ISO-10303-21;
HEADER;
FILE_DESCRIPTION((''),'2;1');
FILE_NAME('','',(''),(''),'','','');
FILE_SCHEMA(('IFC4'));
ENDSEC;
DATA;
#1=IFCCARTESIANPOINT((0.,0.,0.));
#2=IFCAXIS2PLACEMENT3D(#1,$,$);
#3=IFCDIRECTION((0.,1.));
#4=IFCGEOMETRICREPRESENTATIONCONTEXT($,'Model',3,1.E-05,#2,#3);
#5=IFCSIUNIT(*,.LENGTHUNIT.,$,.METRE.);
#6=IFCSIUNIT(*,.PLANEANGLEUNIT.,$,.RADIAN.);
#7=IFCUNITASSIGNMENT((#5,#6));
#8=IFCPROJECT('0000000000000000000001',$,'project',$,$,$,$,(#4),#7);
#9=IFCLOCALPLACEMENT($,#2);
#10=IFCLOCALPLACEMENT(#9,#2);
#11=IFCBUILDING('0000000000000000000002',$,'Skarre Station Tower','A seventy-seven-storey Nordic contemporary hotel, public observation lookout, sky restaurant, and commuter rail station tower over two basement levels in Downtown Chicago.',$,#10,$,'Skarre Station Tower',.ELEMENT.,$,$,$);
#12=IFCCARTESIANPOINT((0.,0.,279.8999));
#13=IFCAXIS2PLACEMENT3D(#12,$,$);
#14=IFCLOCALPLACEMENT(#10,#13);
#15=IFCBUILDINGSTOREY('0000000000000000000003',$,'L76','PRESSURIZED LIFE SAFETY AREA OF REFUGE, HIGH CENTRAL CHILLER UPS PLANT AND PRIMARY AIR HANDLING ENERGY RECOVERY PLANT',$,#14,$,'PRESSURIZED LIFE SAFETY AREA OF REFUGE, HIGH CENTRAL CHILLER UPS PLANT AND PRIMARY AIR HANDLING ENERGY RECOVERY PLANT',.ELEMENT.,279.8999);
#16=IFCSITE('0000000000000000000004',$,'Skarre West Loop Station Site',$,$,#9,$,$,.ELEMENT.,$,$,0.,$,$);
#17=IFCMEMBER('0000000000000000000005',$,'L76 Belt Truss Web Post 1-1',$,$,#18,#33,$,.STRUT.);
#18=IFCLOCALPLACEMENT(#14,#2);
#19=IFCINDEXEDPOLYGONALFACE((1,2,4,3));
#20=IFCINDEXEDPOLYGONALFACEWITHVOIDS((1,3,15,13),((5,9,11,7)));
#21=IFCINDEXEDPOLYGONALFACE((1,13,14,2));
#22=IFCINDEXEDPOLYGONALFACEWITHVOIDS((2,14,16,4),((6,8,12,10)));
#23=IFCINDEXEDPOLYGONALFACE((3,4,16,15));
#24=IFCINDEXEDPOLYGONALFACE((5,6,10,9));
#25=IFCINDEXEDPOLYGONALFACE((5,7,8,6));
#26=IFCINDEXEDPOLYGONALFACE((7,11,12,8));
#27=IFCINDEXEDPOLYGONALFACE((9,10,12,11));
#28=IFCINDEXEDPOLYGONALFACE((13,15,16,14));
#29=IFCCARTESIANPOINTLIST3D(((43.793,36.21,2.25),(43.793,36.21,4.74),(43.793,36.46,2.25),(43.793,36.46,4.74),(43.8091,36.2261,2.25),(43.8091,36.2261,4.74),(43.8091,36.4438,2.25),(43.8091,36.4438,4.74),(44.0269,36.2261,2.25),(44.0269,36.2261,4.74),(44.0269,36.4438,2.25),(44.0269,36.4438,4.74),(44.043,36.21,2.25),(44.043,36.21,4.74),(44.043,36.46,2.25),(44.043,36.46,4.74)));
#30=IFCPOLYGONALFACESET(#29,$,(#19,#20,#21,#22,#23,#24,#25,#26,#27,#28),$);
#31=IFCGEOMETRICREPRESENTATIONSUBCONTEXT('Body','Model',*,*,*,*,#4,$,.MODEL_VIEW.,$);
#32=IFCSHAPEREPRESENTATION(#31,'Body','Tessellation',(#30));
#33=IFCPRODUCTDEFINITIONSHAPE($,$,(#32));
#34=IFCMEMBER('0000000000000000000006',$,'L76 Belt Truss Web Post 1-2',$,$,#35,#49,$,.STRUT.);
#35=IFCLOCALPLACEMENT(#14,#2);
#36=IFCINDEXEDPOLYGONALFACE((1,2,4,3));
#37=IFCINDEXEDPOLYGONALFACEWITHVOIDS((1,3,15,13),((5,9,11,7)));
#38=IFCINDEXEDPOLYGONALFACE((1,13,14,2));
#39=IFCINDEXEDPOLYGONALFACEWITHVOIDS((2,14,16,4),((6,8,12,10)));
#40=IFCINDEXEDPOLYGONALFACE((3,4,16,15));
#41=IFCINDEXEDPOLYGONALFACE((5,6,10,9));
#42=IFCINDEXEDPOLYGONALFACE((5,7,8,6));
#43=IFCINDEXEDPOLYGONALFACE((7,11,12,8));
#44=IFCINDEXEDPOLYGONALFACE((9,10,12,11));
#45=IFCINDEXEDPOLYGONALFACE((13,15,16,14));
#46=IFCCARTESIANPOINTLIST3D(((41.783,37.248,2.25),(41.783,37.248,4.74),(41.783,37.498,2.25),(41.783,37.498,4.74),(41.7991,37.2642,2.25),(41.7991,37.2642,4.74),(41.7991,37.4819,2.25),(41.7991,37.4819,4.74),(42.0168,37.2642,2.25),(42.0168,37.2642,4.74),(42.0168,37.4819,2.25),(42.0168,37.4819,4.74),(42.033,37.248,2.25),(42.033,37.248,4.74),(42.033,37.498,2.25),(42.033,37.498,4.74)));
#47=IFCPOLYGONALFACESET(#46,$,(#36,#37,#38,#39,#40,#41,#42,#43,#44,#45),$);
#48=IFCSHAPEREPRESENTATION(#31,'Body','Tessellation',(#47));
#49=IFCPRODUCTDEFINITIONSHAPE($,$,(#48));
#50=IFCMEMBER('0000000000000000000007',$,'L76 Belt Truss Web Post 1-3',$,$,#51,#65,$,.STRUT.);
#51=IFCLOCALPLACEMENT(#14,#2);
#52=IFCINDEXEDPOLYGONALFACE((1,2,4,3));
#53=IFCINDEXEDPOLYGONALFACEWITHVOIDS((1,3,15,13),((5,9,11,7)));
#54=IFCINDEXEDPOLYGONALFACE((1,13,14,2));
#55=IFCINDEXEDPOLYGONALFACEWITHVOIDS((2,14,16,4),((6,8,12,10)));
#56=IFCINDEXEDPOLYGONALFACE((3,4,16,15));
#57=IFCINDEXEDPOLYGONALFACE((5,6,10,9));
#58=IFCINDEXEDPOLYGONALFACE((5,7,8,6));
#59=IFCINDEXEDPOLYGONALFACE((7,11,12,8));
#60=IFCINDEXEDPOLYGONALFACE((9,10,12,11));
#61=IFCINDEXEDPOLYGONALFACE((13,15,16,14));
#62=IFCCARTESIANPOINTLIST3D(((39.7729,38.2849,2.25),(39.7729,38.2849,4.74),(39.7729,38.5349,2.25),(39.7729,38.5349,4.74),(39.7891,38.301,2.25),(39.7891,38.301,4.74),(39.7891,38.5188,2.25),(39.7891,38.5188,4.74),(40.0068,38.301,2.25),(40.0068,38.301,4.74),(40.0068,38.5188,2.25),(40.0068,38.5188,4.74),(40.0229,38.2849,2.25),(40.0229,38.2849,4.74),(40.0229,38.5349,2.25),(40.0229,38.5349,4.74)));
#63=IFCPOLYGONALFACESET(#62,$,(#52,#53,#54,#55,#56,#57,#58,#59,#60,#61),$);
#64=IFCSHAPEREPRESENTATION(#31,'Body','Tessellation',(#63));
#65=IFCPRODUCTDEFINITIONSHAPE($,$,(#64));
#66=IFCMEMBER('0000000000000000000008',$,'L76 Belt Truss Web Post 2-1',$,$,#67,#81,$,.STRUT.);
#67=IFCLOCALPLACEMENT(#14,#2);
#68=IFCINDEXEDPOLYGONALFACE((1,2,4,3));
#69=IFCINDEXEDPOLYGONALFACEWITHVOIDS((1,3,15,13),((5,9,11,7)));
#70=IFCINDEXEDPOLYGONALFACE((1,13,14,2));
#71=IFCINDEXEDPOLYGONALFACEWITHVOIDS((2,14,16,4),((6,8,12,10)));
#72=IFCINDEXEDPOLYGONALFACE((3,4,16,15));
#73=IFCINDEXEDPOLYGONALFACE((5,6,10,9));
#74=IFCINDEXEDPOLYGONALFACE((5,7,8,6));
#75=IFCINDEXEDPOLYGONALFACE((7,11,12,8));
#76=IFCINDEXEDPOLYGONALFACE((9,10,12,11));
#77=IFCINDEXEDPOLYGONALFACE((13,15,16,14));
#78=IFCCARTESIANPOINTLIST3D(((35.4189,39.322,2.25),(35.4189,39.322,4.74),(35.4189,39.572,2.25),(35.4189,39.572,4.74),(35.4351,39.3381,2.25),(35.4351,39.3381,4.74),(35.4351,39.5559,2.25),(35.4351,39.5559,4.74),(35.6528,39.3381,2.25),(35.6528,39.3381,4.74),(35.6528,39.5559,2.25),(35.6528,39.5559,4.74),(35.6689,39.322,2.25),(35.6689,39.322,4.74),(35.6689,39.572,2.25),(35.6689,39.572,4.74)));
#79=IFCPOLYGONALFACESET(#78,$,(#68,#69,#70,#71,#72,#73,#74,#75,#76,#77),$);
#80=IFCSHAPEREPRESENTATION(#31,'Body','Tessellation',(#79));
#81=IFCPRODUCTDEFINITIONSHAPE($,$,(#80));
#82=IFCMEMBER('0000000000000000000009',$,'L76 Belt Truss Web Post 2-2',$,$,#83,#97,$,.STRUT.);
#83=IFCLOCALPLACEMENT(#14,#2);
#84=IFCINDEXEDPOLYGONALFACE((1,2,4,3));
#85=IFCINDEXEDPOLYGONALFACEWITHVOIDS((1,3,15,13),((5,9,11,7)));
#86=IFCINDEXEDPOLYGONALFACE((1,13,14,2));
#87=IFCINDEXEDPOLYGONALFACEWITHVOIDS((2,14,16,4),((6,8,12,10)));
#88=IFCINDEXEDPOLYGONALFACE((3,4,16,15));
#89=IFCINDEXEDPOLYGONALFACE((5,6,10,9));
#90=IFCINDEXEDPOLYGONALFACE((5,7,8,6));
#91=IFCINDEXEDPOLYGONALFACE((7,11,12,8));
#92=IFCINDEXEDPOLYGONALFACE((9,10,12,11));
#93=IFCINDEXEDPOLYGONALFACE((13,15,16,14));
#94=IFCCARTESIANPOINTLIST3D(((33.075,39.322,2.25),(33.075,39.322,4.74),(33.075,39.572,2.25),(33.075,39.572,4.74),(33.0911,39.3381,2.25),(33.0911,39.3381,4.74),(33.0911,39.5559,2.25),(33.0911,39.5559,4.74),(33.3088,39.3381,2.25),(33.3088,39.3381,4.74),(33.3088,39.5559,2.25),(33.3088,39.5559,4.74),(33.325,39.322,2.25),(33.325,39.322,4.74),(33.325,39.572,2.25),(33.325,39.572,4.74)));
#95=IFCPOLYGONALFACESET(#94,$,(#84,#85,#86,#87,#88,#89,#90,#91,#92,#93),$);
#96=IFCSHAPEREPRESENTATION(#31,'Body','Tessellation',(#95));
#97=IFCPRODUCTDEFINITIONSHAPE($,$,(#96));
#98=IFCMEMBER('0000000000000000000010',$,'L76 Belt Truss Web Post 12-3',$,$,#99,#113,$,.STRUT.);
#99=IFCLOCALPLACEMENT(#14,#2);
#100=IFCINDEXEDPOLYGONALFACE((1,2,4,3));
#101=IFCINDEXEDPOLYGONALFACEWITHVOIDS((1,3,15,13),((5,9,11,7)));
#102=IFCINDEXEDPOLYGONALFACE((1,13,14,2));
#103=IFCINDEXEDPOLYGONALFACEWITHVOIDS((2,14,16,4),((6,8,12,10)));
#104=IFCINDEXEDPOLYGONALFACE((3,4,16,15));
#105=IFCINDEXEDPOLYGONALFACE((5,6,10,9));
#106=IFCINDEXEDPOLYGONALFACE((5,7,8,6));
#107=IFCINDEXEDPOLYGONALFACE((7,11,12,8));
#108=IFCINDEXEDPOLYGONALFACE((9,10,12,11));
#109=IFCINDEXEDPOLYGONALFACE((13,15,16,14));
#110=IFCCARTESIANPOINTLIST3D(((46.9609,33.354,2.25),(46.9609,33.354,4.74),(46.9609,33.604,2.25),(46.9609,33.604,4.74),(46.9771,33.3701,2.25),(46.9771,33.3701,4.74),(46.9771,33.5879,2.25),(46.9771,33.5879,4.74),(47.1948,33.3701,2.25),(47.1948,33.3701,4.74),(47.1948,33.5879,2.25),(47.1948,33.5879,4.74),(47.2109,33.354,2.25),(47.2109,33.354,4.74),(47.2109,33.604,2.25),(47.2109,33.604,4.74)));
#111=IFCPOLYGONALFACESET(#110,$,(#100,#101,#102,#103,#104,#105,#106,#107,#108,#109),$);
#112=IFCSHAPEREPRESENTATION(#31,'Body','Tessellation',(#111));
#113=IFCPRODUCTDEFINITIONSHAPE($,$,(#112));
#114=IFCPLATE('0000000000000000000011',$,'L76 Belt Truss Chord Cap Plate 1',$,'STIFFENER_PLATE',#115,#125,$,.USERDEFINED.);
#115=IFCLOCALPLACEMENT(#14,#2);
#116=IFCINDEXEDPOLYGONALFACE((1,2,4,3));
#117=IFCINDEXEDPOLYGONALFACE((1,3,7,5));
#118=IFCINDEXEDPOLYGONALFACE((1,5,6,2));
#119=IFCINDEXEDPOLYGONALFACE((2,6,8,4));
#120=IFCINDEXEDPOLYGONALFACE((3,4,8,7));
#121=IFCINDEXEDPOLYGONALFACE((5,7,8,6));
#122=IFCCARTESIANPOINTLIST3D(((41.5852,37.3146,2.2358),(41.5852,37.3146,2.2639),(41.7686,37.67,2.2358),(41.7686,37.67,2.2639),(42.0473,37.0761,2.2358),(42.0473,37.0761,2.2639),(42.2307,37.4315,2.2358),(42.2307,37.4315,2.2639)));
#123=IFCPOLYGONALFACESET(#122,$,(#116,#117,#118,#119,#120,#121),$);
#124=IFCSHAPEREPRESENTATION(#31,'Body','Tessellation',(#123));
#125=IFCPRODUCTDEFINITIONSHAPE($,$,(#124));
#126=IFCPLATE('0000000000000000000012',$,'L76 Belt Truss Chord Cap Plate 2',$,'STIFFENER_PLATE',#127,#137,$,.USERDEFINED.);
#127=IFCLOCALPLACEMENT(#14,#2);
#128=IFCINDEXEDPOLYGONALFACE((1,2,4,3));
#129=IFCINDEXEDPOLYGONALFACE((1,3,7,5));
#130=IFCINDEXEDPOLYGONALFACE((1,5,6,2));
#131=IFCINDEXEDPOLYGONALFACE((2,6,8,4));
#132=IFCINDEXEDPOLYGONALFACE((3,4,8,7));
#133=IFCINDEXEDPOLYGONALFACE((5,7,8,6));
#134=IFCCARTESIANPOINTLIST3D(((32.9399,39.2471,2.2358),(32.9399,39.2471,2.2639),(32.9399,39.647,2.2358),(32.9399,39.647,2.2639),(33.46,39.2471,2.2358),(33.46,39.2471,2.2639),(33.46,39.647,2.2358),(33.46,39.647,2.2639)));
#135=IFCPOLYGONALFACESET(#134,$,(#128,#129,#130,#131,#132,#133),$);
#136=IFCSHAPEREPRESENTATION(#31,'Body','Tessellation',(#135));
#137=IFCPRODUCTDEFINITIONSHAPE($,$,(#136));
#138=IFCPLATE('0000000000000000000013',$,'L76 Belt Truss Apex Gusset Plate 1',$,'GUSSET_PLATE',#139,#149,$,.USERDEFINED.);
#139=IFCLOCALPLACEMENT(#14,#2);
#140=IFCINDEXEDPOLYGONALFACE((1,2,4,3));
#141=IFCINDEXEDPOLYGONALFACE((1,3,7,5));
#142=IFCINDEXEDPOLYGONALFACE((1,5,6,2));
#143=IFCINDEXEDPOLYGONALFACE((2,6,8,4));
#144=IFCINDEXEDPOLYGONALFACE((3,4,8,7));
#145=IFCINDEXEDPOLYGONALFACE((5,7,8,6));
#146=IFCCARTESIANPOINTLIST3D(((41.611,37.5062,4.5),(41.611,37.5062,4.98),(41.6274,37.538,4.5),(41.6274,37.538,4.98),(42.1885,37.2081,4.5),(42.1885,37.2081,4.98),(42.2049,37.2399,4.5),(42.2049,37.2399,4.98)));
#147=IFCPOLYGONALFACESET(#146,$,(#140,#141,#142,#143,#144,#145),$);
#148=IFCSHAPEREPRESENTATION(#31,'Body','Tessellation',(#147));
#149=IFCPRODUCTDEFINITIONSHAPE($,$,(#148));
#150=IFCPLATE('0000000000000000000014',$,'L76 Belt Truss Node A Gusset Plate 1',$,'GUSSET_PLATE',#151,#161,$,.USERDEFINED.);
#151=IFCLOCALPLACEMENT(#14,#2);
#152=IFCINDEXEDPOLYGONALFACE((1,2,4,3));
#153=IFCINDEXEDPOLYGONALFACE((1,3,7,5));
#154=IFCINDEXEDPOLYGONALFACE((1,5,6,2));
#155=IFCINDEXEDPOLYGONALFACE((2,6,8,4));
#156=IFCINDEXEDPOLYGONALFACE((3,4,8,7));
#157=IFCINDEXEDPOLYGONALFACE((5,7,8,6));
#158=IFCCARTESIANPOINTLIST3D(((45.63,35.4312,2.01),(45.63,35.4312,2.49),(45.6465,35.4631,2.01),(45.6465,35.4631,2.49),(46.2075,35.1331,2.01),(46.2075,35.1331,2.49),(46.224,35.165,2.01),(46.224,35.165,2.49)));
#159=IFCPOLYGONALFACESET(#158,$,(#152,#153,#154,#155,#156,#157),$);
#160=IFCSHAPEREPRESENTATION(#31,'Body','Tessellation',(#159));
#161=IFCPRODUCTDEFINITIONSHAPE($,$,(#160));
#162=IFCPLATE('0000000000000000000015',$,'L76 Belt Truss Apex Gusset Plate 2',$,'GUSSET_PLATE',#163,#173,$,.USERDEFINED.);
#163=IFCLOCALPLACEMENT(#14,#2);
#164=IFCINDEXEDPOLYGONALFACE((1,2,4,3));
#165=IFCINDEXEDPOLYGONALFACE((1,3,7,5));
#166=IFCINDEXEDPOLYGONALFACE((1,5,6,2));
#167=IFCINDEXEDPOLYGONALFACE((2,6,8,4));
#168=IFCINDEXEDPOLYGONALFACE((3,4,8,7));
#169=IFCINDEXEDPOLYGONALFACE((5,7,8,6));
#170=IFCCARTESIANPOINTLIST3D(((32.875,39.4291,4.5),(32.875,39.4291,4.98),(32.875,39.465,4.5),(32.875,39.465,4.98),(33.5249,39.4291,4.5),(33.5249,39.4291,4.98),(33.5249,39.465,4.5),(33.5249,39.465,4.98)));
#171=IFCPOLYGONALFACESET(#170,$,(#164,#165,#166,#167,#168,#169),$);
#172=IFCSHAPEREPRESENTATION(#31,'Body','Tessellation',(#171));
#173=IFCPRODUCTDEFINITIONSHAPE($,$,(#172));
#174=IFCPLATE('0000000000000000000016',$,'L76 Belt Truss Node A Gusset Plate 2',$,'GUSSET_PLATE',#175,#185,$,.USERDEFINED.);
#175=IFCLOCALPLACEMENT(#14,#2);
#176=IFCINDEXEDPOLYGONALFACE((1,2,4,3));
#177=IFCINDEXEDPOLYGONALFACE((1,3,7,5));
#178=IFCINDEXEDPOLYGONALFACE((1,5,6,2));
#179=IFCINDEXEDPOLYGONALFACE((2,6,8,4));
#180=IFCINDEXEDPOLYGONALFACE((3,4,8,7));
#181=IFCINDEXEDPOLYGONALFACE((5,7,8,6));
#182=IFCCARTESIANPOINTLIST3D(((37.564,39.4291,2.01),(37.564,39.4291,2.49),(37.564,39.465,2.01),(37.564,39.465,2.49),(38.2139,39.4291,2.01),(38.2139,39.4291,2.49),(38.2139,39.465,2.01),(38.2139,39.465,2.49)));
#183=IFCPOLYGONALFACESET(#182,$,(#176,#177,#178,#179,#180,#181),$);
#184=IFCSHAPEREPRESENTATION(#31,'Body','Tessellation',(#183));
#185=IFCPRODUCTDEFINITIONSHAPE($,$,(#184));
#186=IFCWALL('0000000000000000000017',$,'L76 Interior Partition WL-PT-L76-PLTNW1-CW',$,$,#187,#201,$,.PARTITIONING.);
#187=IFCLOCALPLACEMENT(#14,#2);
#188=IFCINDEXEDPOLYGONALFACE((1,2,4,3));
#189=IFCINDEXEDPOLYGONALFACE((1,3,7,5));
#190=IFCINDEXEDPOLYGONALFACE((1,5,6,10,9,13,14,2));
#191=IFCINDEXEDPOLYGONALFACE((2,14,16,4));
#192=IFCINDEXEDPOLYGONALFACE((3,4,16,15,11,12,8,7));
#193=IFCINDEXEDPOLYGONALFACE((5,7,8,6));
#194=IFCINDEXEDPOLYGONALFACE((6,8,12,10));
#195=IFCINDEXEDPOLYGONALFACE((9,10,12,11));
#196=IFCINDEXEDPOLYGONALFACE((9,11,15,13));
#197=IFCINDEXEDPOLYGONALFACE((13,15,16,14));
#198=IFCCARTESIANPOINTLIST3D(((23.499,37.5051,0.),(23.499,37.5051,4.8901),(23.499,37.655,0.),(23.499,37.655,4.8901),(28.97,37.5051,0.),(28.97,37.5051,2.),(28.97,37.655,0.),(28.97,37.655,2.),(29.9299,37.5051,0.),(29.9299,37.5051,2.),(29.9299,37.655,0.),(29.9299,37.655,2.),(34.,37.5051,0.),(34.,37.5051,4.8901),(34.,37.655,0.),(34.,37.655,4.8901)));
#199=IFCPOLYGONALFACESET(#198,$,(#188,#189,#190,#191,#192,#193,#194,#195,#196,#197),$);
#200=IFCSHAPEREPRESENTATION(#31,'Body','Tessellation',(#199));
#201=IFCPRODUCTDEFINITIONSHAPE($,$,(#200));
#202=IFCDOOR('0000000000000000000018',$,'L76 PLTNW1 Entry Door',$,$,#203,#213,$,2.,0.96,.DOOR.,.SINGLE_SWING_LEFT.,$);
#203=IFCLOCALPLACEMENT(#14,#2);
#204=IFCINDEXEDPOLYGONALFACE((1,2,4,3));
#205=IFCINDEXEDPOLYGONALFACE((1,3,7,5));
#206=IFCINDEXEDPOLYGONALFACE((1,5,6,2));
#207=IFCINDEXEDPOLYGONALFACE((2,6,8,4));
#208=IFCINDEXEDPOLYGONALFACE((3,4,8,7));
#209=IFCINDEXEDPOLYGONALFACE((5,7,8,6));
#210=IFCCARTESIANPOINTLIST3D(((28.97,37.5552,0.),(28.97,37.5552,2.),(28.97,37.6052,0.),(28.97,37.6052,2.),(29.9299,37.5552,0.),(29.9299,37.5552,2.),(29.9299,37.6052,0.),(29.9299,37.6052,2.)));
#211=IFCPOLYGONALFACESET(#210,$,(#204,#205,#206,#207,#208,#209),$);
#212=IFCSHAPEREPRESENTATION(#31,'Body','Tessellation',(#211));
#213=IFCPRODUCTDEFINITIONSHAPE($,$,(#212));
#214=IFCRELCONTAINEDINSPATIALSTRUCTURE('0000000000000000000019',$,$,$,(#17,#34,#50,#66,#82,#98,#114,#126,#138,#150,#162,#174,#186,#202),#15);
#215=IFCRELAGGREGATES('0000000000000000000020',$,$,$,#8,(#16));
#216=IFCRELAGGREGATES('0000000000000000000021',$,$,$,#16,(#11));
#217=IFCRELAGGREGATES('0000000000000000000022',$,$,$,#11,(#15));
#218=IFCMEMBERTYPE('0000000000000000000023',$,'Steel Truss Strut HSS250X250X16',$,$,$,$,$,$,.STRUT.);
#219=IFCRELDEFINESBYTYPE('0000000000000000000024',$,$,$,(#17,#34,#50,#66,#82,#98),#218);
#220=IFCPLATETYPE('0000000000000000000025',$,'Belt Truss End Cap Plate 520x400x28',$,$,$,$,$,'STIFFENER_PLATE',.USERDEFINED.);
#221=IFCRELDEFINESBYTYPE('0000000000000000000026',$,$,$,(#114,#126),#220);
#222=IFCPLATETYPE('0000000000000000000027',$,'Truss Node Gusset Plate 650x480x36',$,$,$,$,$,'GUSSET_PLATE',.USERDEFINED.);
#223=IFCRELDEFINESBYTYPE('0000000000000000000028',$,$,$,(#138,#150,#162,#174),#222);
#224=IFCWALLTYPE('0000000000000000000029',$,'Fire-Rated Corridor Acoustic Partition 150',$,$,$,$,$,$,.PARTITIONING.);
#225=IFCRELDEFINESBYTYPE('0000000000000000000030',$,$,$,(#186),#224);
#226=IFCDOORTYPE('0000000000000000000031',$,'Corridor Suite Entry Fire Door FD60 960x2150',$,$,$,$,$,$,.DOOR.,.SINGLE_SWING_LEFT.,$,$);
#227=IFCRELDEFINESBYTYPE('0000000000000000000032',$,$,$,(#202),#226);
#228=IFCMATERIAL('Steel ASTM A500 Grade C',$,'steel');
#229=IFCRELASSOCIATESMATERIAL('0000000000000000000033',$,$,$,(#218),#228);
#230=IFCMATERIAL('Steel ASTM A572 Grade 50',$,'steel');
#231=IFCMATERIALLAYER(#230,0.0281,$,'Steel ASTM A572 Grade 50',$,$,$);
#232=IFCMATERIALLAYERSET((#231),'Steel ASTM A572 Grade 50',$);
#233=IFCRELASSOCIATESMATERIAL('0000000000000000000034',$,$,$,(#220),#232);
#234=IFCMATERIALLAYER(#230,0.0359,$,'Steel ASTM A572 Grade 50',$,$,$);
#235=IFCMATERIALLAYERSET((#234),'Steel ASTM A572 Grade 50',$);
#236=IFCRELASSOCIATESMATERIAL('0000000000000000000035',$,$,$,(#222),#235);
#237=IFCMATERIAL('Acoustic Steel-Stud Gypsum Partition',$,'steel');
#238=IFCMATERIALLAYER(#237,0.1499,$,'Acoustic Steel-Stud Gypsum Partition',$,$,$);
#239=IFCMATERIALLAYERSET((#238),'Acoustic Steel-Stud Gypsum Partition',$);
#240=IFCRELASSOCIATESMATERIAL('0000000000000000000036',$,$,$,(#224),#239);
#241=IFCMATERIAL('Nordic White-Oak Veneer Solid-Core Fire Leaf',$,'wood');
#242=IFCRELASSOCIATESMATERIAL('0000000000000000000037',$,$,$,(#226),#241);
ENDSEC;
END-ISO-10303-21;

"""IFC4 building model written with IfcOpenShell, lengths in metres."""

from ifc_helpers import new_model, si_unit, direction, frame, frame_2d, origin, origin_2d, place, context, subcontext, project, spatial, rectangle, hollow_rectangle, extrude, material, layer, layer_set, material_profile, profile_set, type_object, element, fill, save


model = new_model("IFC4")

# Units and contexts
model_context = context("Model", 3, precision=1e-05, world=origin(), true_north=direction((0.0, 1.0)))
body_context = subcontext(model_context, "Body", "Model", "MODEL_VIEW")
ifc_project = project(units=[si_unit("LENGTHUNIT", "METRE"), si_unit("PLANEANGLEUNIT", "RADIAN")], contexts=[model_context])

# Site, building, storey
site_placement = place(None, origin())
site = spatial("IfcSite", under=ifc_project, at=site_placement, Name="Skarre West Loop Station Site", CompositionType="ELEMENT", RefElevation=0.0)
building_placement = place(site_placement, origin())
building = spatial("IfcBuilding", under=site, at=building_placement, Name="Skarre Station Tower", Description="A seventy-seven-storey Nordic contemporary hotel, public observation lookout, sky restaurant, and commuter rail station tower over two basement levels in Downtown Chicago.", LongName="Skarre Station Tower", CompositionType="ELEMENT")
storey_placement = place(building_placement, frame((0.0, 0.0, 279.8999)))
storey = spatial("IfcBuildingStorey", under=building, at=storey_placement, Name="L76", Description="PRESSURIZED LIFE SAFETY AREA OF REFUGE, HIGH CENTRAL CHILLER UPS PLANT AND PRIMARY AIR HANDLING ENERGY RECOVERY PLANT", LongName="PRESSURIZED LIFE SAFETY AREA OF REFUGE, HIGH CENTRAL CHILLER UPS PLANT AND PRIMARY AIR HANDLING ENERGY RECOVERY PLANT", CompositionType="ELEMENT", Elevation=279.8999)

# Members
ifc_material_1 = material(Name="Steel ASTM A500 Grade C", Category="steel")
ifc_material_profile_1 = material_profile(ifc_material_1, hollow_rectangle(XDim=0.25, YDim=0.25, WallThickness=0.0161, at=origin_2d()), Name="Steel ASTM A500 Grade C")
ifc_profile_set_1 = profile_set([ifc_material_profile_1], Name="Steel ASTM A500 Grade C")
member_type_1 = type_object("IfcMemberType", Name="Steel Truss Strut HSS250X250X16", PredefinedType="STRUT", material=ifc_profile_set_1)
for number, where, z_axis, x_axis, name in (
    (1, (43.918, 36.335, 2.25), (0.0, 0.0, 1.0), (1.0, 0.0, 0.0), "L76 Belt Truss Web Post 1-1"),
    (2, (41.908, 37.373, 2.25), (0.0, 0.0, 1.0), (1.0, 0.0, 0.0), "L76 Belt Truss Web Post 1-2"),
    (3, (39.8979, 38.4099, 2.25), (0.0, 0.0, 1.0), (1.0, 0.0, 0.0), "L76 Belt Truss Web Post 1-3"),
    (4, (35.5439, 39.447, 2.25), (0.0, 0.0, 1.0), (1.0, 0.0, 0.0), "L76 Belt Truss Web Post 2-1"),
    (5, (33.2, 39.447, 2.25), (0.0, 0.0, 1.0), (1.0, 0.0, 0.0), "L76 Belt Truss Web Post 2-2"),
    (6, (47.0859, 33.479, 2.25), (0.0, 0.0, 1.0), (1.0, 0.0, 0.0), "L76 Belt Truss Web Post 12-3"),
):
    element("IfcMember", number, at=place(storey_placement, frame(where, z_axis=z_axis, x_axis=x_axis)), inside=storey, type_object=member_type_1, Name=name, PredefinedType="STRUT", context=body_context, shape_type="SweptSolid", body=[
        extrude(hollow_rectangle(XDim=0.25, YDim=0.25, WallThickness=0.0161, at=origin_2d()), origin(), (0.0, 0.0, 1.0), 2.49),
    ])

# Plates
ifc_material_2 = material(Name="Steel ASTM A572 Grade 50", Category="steel")
ifc_layer_1 = layer(ifc_material_2, 0.0281, Name="Steel ASTM A572 Grade 50")
ifc_layer_set_1 = layer_set([ifc_layer_1], Name="Steel ASTM A572 Grade 50")
plate_type_1 = type_object("IfcPlateType", Name="Belt Truss End Cap Plate 520x400x28", ElementType="STIFFENER_PLATE", PredefinedType="USERDEFINED", material=ifc_layer_set_1)
for number, where, z_axis, x_axis, name in (
    (7, (41.908, 37.373, 2.2358), (0.0, 0.0, 1.0), (-0.888601, 0.458681, 0.0), "L76 Belt Truss Chord Cap Plate 1"),
    (8, (33.2, 39.447, 2.2358), (0.0, 0.0, 1.0), (-1.0, 0.0, 0.0), "L76 Belt Truss Chord Cap Plate 2"),
):
    element("IfcPlate", number, at=place(storey_placement, frame(where, z_axis=z_axis, x_axis=x_axis)), inside=storey, type_object=plate_type_1, Name=name, ObjectType="STIFFENER_PLATE", PredefinedType="USERDEFINED", context=body_context, shape_type="SweptSolid", body=[
        extrude(rectangle(XDim=0.52, YDim=0.3999, at=origin_2d()), origin(), (0.0, 0.0, 1.0), 0.0281),
    ])
ifc_layer_2 = layer(ifc_material_2, 0.0359, Name="Steel ASTM A572 Grade 50")
ifc_layer_set_2 = layer_set([ifc_layer_2], Name="Steel ASTM A572 Grade 50")
plate_type_2 = type_object("IfcPlateType", Name="Truss Node Gusset Plate 650x480x36", ElementType="GUSSET_PLATE", PredefinedType="USERDEFINED", material=ifc_layer_set_2)
for number, where, z_axis, x_axis, name in (
    (9, (41.908, 37.373, 4.5), (0.0, 0.0, 1.0), (-0.888601, 0.458681, 0.0), "L76 Belt Truss Apex Gusset Plate 1"),
    (10, (45.927, 35.2981, 2.01), (0.0, 0.0, 1.0), (-0.888601, 0.458681, 0.0), "L76 Belt Truss Node A Gusset Plate 1"),
    (11, (33.2, 39.447, 4.5), (0.0, 0.0, 1.0), (-1.0, 0.0, 0.0), "L76 Belt Truss Apex Gusset Plate 2"),
    (12, (37.8889, 39.447, 2.01), (0.0, 0.0, 1.0), (-1.0, 0.0, 0.0), "L76 Belt Truss Node A Gusset Plate 2"),
):
    element("IfcPlate", number, at=place(storey_placement, frame(where, z_axis=z_axis, x_axis=x_axis)), inside=storey, type_object=plate_type_2, Name=name, ObjectType="GUSSET_PLATE", PredefinedType="USERDEFINED", context=body_context, shape_type="SweptSolid", body=[
        extrude(rectangle(XDim=0.6499, YDim=0.0359, at=origin_2d()), origin(), (0.0, 0.0, 1.0), 0.48),
    ])

# Wall, opening, door
ifc_material_3 = material(Name="Acoustic Steel-Stud Gypsum Partition", Category="steel")
ifc_layer_3 = layer(ifc_material_3, 0.1499, Name="Acoustic Steel-Stud Gypsum Partition")
ifc_layer_set_3 = layer_set([ifc_layer_3], Name="Acoustic Steel-Stud Gypsum Partition")
wall_type_1 = type_object("IfcWallType", Name="Fire-Rated Corridor Acoustic Partition 150", PredefinedType="PARTITIONING", material=ifc_layer_set_3)
wall_1_placement = place(storey_placement, frame((34.0, 37.5801, 0.0), z_axis=(0.0, 0.0, 1.0), x_axis=(-1.0, 0.0, 0.0)))
wall_1 = element("IfcWall", 13, at=wall_1_placement, inside=storey, type_object=wall_type_1, Name="L76 Interior Partition WL-PT-L76-PLTNW1-CW", PredefinedType="PARTITIONING", context=body_context, shape_type="SweptSolid", body=[
    extrude(rectangle(XDim=10.501, YDim=0.1499, at=frame_2d((5.2505, 0.0))), origin(), (0.0, 0.0, 1.0), 4.8901),
])
opening_1_placement = place(wall_1_placement, frame((4.0701, 0.0, 0.0)))
opening_1 = element("IfcOpeningElement", 14, at=opening_1_placement, cuts=wall_1, PredefinedType="OPENING", context=body_context, shape_type="SweptSolid", body=[
    extrude(rectangle(XDim=0.96, YDim=2.0, at=frame_2d((0.48, 1.0))), frame((0.0, 0.085, 0.0), z_axis=(0.0, -1.0, 0.0), x_axis=(1.0, 0.0, 0.0)), (0.0, 0.0, 1.0), 0.1699),
])
ifc_material_4 = material(Name="Nordic White-Oak Veneer Solid-Core Fire Leaf", Category="wood")
door_type = type_object("IfcDoorType", Name="Corridor Suite Entry Fire Door FD60 960x2150", OperationType="SINGLE_SWING_LEFT", PredefinedType="DOOR", material=ifc_material_4)
door_1_placement = place(opening_1_placement, origin())
door_1 = element("IfcDoor", 15, at=door_1_placement, inside=storey, type_object=door_type, Name="L76 PLTNW1 Entry Door", OperationType="SINGLE_SWING_LEFT", OverallHeight=2.0, OverallWidth=0.96, PredefinedType="DOOR", context=body_context, shape_type="SweptSolid", body=[
    extrude(rectangle(XDim=0.96, YDim=2.0, at=frame_2d((0.48, 1.0))), frame((0.0, 0.0249, 0.0), z_axis=(0.0, -1.0, 0.0), x_axis=(1.0, 0.0, 0.0)), (0.0, 0.0, 1.0), 0.05),
])
fill(opening_1, door_1)

save(model, "model.ifc")
